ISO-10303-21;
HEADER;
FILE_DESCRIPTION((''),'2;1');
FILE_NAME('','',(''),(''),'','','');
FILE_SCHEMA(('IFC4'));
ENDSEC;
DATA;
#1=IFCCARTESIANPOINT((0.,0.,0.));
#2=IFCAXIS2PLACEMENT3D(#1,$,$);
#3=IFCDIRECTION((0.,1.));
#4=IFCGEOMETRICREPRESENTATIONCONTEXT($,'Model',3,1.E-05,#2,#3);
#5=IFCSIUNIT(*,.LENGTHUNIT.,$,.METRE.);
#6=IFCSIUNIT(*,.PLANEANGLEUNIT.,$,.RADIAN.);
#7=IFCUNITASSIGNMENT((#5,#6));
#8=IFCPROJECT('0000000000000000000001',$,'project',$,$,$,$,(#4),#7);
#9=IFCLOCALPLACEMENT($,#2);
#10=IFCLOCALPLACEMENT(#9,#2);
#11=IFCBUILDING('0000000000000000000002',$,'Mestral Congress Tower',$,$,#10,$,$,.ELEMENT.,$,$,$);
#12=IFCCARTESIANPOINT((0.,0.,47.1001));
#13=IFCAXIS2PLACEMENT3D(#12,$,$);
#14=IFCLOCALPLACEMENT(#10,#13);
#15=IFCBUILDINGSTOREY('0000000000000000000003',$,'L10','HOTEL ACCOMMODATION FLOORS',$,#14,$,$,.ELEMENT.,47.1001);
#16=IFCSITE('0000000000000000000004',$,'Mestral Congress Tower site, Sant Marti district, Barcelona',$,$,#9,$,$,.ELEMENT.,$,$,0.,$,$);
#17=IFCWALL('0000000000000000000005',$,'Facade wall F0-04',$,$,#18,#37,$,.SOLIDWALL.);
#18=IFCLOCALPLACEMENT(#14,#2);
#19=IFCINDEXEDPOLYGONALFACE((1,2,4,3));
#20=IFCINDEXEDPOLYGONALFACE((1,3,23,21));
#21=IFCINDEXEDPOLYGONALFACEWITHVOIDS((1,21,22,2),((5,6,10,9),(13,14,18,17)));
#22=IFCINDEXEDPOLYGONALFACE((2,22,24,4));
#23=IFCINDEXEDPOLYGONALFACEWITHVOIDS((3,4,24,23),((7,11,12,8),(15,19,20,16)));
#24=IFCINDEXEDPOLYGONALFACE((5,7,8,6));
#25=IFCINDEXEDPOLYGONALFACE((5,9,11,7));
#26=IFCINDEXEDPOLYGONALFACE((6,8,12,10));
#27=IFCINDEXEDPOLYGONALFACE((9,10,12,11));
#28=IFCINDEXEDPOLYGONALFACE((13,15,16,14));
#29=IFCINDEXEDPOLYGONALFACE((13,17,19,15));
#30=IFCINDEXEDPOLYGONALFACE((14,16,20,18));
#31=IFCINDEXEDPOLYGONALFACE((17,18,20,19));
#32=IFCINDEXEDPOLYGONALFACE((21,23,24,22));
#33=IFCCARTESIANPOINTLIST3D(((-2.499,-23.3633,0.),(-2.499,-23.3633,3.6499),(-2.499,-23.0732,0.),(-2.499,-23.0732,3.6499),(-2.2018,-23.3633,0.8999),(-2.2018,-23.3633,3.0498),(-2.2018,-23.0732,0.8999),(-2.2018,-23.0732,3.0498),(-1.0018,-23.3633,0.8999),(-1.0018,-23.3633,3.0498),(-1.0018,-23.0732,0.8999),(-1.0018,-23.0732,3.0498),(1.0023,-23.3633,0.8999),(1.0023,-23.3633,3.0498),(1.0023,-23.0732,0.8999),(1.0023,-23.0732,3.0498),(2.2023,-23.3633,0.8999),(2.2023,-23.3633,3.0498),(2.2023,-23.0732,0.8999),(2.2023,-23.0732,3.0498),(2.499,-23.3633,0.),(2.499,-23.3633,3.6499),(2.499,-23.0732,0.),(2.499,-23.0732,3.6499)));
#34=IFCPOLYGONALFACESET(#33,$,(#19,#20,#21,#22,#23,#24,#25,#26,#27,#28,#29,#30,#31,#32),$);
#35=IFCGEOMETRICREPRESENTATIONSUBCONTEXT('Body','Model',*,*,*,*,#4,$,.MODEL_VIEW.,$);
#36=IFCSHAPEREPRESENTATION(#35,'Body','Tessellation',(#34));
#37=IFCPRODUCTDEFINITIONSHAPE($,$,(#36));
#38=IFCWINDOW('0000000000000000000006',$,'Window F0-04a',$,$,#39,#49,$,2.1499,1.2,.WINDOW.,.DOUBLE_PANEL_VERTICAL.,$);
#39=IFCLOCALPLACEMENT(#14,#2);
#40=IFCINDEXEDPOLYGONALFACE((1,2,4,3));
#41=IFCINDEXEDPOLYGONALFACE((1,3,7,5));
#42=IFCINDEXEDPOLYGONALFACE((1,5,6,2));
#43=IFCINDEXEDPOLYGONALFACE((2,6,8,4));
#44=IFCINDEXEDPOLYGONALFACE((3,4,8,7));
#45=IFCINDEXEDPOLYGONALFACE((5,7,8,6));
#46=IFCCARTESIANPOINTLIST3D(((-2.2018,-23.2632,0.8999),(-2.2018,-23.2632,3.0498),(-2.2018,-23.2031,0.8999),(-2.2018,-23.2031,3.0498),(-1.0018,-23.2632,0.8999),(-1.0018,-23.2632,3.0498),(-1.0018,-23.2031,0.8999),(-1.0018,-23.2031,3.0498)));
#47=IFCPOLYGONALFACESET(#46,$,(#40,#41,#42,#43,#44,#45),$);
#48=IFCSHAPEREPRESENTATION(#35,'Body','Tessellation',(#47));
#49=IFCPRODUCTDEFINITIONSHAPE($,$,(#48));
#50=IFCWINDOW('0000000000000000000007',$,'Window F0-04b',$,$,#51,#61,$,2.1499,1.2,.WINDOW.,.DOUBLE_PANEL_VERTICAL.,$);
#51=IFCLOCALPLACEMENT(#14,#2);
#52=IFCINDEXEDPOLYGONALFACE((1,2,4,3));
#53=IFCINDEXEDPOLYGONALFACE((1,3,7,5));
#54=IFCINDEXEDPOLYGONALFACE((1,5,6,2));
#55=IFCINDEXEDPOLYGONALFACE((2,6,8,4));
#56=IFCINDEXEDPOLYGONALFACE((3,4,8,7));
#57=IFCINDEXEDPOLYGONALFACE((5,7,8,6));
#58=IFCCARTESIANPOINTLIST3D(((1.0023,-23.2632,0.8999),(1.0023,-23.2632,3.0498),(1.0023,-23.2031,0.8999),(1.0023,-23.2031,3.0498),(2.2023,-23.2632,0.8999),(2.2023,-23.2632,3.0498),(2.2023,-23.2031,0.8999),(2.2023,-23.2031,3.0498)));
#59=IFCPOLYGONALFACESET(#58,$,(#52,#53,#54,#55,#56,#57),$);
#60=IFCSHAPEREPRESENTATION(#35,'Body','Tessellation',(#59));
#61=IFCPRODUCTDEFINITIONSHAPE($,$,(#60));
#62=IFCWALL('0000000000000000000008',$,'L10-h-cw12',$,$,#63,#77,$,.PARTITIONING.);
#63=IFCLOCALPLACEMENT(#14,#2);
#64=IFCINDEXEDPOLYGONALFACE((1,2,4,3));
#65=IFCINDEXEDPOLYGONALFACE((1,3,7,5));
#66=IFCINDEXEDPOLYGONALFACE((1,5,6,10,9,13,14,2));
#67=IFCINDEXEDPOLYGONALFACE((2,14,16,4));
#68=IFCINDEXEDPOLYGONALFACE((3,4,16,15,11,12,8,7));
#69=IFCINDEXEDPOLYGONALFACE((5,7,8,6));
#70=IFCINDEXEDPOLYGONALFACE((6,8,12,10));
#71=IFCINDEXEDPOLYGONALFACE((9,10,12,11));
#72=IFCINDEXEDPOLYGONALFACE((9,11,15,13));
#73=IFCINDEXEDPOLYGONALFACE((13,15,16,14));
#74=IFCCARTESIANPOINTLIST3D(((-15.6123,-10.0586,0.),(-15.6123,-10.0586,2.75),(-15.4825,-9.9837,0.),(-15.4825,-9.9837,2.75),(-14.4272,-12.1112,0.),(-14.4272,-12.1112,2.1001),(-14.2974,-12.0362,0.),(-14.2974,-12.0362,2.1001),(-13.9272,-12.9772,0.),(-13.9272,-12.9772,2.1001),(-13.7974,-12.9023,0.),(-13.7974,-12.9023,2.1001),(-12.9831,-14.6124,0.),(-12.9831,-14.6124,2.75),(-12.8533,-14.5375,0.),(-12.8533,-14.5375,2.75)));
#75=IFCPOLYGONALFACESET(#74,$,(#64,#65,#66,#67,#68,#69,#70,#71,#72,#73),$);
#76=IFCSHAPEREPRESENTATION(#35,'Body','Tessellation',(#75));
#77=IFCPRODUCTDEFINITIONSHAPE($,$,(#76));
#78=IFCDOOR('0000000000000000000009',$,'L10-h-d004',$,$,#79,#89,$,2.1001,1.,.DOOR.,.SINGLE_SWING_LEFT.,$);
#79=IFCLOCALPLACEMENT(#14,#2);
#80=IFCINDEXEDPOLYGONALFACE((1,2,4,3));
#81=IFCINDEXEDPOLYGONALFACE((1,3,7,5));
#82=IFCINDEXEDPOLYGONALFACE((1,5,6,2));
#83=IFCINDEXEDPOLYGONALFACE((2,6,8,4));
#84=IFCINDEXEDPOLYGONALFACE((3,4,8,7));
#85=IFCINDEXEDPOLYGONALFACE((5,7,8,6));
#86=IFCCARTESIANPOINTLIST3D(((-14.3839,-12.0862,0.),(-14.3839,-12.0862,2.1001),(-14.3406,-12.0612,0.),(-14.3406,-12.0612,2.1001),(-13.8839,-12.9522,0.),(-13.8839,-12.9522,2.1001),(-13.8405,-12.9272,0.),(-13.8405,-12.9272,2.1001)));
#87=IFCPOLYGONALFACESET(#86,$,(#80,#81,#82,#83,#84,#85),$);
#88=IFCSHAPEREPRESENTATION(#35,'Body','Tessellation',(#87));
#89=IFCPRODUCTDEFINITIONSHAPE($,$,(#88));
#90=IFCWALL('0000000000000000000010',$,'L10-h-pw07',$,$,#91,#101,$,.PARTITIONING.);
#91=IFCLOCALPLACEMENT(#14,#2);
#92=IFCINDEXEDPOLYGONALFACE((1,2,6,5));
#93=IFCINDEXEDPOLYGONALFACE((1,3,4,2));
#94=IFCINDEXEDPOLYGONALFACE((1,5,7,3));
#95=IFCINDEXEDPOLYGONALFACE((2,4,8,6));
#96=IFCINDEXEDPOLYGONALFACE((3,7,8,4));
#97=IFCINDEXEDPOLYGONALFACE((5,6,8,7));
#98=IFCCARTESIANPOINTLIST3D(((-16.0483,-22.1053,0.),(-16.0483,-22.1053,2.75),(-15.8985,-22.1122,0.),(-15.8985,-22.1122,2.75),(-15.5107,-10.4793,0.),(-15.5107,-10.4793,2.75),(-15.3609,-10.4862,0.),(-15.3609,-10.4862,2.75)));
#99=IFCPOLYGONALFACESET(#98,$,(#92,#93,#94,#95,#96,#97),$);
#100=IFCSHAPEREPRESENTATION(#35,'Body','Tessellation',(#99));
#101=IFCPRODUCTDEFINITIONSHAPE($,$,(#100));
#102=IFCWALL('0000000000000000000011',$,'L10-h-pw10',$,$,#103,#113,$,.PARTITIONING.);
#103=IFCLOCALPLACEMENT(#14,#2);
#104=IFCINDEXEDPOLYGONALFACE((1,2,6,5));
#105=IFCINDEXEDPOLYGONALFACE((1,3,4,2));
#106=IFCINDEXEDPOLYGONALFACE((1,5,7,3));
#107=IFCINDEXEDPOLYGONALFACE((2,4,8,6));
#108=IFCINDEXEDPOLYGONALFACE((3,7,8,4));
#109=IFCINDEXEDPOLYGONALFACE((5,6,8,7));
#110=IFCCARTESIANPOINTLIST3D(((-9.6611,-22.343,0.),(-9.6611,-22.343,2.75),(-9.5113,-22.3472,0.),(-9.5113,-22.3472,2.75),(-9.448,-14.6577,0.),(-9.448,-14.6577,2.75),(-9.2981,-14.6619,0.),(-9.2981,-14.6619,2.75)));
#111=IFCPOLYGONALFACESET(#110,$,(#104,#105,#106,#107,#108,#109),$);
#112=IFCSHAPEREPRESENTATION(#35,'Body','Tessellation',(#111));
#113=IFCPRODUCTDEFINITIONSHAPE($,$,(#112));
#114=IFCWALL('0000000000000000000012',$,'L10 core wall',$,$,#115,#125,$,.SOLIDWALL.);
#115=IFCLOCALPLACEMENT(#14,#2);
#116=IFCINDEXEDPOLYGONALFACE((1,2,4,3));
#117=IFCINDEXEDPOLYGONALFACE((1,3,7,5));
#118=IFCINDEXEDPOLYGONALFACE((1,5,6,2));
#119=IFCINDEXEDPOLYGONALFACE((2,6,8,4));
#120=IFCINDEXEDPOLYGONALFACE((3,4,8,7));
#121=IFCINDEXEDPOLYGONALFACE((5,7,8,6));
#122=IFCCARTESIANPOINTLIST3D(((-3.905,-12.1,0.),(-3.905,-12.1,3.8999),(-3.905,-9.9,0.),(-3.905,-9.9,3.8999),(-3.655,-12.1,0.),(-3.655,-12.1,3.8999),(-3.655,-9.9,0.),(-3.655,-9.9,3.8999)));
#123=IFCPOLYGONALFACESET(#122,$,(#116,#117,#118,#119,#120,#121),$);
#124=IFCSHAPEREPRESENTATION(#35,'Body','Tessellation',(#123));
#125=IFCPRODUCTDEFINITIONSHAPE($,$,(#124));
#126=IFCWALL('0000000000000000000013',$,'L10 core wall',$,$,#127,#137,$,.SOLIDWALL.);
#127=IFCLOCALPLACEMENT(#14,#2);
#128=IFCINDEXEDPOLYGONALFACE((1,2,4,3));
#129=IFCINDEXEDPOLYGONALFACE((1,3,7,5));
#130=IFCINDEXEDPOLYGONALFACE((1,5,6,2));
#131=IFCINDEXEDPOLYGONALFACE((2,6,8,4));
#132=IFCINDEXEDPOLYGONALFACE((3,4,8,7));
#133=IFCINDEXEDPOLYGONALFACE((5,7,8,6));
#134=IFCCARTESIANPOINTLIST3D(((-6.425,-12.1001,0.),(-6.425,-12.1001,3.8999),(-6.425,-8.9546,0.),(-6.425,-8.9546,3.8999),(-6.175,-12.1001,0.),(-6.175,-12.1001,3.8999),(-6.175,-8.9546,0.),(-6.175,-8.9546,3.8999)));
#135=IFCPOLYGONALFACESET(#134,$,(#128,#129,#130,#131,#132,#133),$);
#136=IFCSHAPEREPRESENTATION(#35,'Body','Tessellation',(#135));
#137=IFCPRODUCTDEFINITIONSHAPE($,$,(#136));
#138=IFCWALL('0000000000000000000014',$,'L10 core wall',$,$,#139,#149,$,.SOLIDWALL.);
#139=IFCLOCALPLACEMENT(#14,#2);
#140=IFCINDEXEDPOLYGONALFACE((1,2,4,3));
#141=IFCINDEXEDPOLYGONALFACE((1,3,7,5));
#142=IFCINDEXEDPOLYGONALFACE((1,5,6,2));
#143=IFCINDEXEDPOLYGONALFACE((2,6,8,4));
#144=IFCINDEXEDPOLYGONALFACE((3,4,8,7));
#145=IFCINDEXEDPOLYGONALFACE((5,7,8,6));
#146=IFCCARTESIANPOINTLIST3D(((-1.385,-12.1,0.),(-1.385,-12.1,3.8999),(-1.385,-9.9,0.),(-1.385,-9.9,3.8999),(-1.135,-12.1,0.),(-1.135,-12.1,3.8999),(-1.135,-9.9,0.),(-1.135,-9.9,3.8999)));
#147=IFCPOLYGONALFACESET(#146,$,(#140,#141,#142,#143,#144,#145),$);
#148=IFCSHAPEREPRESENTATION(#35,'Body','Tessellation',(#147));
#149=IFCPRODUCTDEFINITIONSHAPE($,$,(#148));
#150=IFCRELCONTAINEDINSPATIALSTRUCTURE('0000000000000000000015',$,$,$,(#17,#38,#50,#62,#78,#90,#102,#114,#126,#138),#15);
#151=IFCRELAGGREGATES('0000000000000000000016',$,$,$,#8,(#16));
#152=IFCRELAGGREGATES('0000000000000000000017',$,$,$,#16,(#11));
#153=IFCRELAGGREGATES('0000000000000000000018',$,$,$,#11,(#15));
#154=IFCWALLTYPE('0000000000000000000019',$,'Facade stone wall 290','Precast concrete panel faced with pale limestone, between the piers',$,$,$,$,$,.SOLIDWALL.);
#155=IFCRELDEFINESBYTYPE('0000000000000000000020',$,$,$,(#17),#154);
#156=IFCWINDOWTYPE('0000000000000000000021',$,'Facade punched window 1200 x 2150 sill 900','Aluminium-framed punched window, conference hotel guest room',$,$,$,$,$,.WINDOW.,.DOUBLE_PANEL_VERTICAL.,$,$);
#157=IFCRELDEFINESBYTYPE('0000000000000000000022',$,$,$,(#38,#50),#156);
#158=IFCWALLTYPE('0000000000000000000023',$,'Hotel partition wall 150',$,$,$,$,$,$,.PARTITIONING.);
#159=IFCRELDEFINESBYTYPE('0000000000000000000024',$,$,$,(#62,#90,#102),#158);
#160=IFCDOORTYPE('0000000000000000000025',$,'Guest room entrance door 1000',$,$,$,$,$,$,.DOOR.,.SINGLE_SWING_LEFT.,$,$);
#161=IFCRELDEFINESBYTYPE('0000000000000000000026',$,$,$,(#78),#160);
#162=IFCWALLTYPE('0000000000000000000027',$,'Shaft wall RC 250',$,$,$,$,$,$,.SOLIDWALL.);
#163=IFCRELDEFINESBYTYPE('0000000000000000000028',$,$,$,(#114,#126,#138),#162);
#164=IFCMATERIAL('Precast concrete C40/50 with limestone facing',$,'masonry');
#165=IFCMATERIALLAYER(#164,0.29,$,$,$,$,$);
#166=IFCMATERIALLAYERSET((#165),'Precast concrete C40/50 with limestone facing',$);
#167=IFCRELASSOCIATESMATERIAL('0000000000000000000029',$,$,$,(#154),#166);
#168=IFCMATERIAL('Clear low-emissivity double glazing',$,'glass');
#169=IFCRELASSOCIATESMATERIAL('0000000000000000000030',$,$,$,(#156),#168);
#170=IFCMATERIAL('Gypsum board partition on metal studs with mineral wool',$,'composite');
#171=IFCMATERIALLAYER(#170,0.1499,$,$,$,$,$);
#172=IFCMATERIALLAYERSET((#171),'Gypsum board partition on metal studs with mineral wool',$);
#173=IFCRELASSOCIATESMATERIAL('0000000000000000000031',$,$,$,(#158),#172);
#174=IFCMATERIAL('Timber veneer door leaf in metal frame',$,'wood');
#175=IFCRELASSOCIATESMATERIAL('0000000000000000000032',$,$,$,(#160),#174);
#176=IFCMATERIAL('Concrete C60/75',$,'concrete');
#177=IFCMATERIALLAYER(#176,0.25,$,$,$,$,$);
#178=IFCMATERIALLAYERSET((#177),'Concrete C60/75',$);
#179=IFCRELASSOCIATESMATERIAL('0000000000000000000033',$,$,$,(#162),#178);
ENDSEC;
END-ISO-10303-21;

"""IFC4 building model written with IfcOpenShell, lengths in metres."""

from ifc_helpers import new_model, si_unit, direction, frame, frame_2d, origin, place, context, subcontext, project, spatial, rectangle, extrude, material, layer, layer_set, type_object, element, fill, save


model = new_model("IFC4")

# Units and contexts
model_context = context("Model", 3, precision=1e-05, world=origin(), true_north=direction((0.0, 1.0)))
body_context = subcontext(model_context, "Body", "Model", "MODEL_VIEW")
ifc_project = project(units=[si_unit("LENGTHUNIT", "METRE"), si_unit("PLANEANGLEUNIT", "RADIAN")], contexts=[model_context])

# Site, building, storey
site_placement = place(None, origin())
site = spatial("IfcSite", under=ifc_project, at=site_placement, Name="Mestral Congress Tower site, Sant Marti district, Barcelona", CompositionType="ELEMENT", RefElevation=0.0)
building_placement = place(site_placement, origin())
building = spatial("IfcBuilding", under=site, at=building_placement, Name="Mestral Congress Tower", CompositionType="ELEMENT")
storey_placement = place(building_placement, frame((0.0, 0.0, 47.1001)))
storey = spatial("IfcBuildingStorey", under=building, at=storey_placement, Name="L10", Description="HOTEL ACCOMMODATION FLOORS", CompositionType="ELEMENT", Elevation=47.1001)

# Shared definitions
ifc_material_1 = material(Name="Concrete C60/75", Category="concrete")

# Wall, openings, windows
ifc_material_2 = material(Name="Precast concrete C40/50 with limestone facing", Category="masonry")
ifc_layer_1 = layer(ifc_material_2, 0.29)
ifc_layer_set_1 = layer_set([ifc_layer_1], Name="Precast concrete C40/50 with limestone facing")
wall_type_1 = type_object("IfcWallType", Name="Facade stone wall 290", Description="Precast concrete panel faced with pale limestone, between the piers", PredefinedType="SOLIDWALL", material=ifc_layer_set_1)
ifc_material_3 = material(Name="Clear low-emissivity double glazing", Category="glass")
window_type = type_object("IfcWindowType", Name="Facade punched window 1200 x 2150 sill 900", Description="Aluminium-framed punched window, conference hotel guest room", PartitioningType="DOUBLE_PANEL_VERTICAL", PredefinedType="WINDOW", material=ifc_material_3)
wall_1_placement = place(storey_placement, frame((-2.499, -23.2183, 0.0), z_axis=(0.0, 0.0, 1.0), x_axis=(1.0, 0.0, 0.0)))
wall_1 = element("IfcWall", 1, at=wall_1_placement, inside=storey, type_object=wall_type_1, Name="Facade wall F0-04", PredefinedType="SOLIDWALL", context=body_context, shape_type="SweptSolid", body=[
    extrude(rectangle(XDim=4.998, YDim=0.29, at=frame_2d((2.499, 0.0))), origin(), (0.0, 0.0, 1.0), 3.6499),
])
opening_1_placement = place(wall_1_placement, frame((0.2971, 0.0, 0.8999)))
opening_1 = element("IfcOpeningElement", 2, at=opening_1_placement, cuts=wall_1, PredefinedType="OPENING", context=body_context, shape_type="SweptSolid", body=[
    extrude(rectangle(XDim=1.2, YDim=2.1499, at=frame_2d((0.6001, 1.075))), frame((0.0, 0.155, 0.0), z_axis=(0.0, -1.0, 0.0), x_axis=(1.0, 0.0, 0.0)), (0.0, 0.0, 1.0), 0.3101),
])
opening_2_placement = place(wall_1_placement, frame((3.5012, 0.0, 0.8999)))
opening_2 = element("IfcOpeningElement", 3, at=opening_2_placement, cuts=wall_1, PredefinedType="OPENING", context=body_context, shape_type="SweptSolid", body=[
    extrude(rectangle(XDim=1.2, YDim=2.1499, at=frame_2d((0.6001, 1.075))), frame((0.0, 0.155, 0.0), z_axis=(0.0, -1.0, 0.0), x_axis=(1.0, 0.0, 0.0)), (0.0, 0.0, 1.0), 0.3101),
])
window_1_placement = place(opening_1_placement, origin())
window_1 = element("IfcWindow", 4, at=window_1_placement, inside=storey, type_object=window_type, Name="Window F0-04a", OverallHeight=2.1499, OverallWidth=1.2, PartitioningType="DOUBLE_PANEL_VERTICAL", PredefinedType="WINDOW", context=body_context, shape_type="SweptSolid", body=[
    extrude(rectangle(XDim=1.2, YDim=2.1499, at=frame_2d((0.6001, 1.075))), frame((0.0, 0.0151, 0.0), z_axis=(0.0, -1.0, 0.0), x_axis=(1.0, 0.0, 0.0)), (0.0, 0.0, 1.0), 0.0601),
])
fill(opening_1, window_1)
window_2_placement = place(opening_2_placement, origin())
window_2 = element("IfcWindow", 5, at=window_2_placement, inside=storey, type_object=window_type, Name="Window F0-04b", OverallHeight=2.1499, OverallWidth=1.2, PartitioningType="DOUBLE_PANEL_VERTICAL", PredefinedType="WINDOW", context=body_context, shape_type="SweptSolid", body=[
    extrude(rectangle(XDim=1.2, YDim=2.1499, at=frame_2d((0.6001, 1.075))), frame((0.0, 0.0151, 0.0), z_axis=(0.0, -1.0, 0.0), x_axis=(1.0, 0.0, 0.0)), (0.0, 0.0, 1.0), 0.0601),
])
fill(opening_2, window_2)

# Wall, opening, door
ifc_material_4 = material(Name="Gypsum board partition on metal studs with mineral wool", Category="composite")
ifc_layer_2 = layer(ifc_material_4, 0.1499)
ifc_layer_set_2 = layer_set([ifc_layer_2], Name="Gypsum board partition on metal studs with mineral wool")
wall_type_2 = type_object("IfcWallType", Name="Hotel partition wall 150", PredefinedType="PARTITIONING", material=ifc_layer_set_2)
wall_2_placement = place(storey_placement, frame((-12.9182, -14.575, 0.0), z_axis=(0.0, 0.0, 1.0), x_axis=(-0.500009, 0.86602, 0.0)))
wall_2 = element("IfcWall", 6, at=wall_2_placement, inside=storey, type_object=wall_type_2, Name="L10-h-cw12", PredefinedType="PARTITIONING", context=body_context, shape_type="SweptSolid", body=[
    extrude(rectangle(XDim=5.2583, YDim=0.1499, at=frame_2d((2.6292, 0.0))), origin(), (0.0, 0.0, 1.0), 2.75),
])
opening_3_placement = place(wall_2_placement, frame((1.8882, 0.0, 0.0)))
opening_3 = element("IfcOpeningElement", 7, at=opening_3_placement, cuts=wall_2, PredefinedType="OPENING", context=body_context, shape_type="SweptSolid", body=[
    extrude(rectangle(XDim=1.0, YDim=2.1001, at=frame_2d((0.5, 1.05))), frame((0.0, 0.085, 0.0), z_axis=(0.0, -1.0, 0.0), x_axis=(1.0, 0.0, 0.0)), (0.0, 0.0, 1.0), 0.1699),
])
ifc_material_5 = material(Name="Timber veneer door leaf in metal frame", Category="wood")
door_type = type_object("IfcDoorType", Name="Guest room entrance door 1000", OperationType="SINGLE_SWING_LEFT", PredefinedType="DOOR", material=ifc_material_5)
door_placement = place(opening_3_placement, origin())
door = element("IfcDoor", 8, at=door_placement, inside=storey, type_object=door_type, Name="L10-h-d004", OperationType="SINGLE_SWING_LEFT", OverallHeight=2.1001, OverallWidth=1.0, PredefinedType="DOOR", context=body_context, shape_type="SweptSolid", body=[
    extrude(rectangle(XDim=1.0, YDim=2.1001, at=frame_2d((0.5, 1.05))), frame((0.0, 0.0249, 0.0), z_axis=(0.0, -1.0, 0.0), x_axis=(1.0, 0.0, 0.0)), (0.0, 0.0, 1.0), 0.05),
])
fill(opening_3, door)

# Walls
wall_3_placement = place(storey_placement, frame((-15.9734, -22.1089, 0.0), z_axis=(0.0, 0.0, 1.0), x_axis=(0.046192, 0.998933, 0.0)))
element("IfcWall", 9, at=wall_3_placement, inside=storey, type_object=wall_type_2, Name="L10-h-pw07", PredefinedType="PARTITIONING", context=body_context, shape_type="SweptSolid", body=[
    extrude(rectangle(XDim=11.6384, YDim=0.1499, at=frame_2d((5.8193, 0.0))), origin(), (0.0, 0.0, 1.0), 2.75),
])
wall_4_placement = place(storey_placement, frame((-9.5862, -22.3452, 0.0), z_axis=(0.0, 0.0, 1.0), x_axis=(0.027722, 0.999616, 0.0)))
element("IfcWall", 10, at=wall_4_placement, inside=storey, type_object=wall_type_2, Name="L10-h-pw10", PredefinedType="PARTITIONING", context=body_context, shape_type="SweptSolid", body=[
    extrude(rectangle(XDim=7.6882, YDim=0.1499, at=frame_2d((3.8442, 0.0))), origin(), (0.0, 0.0, 1.0), 2.75),
])
ifc_layer_3 = layer(ifc_material_1, 0.25)
ifc_layer_set_3 = layer_set([ifc_layer_3], Name="Concrete C60/75")
wall_type_3 = type_object("IfcWallType", Name="Shaft wall RC 250", PredefinedType="SOLIDWALL", material=ifc_layer_set_3)
wall_5_placement = place(storey_placement, frame((-3.78, -12.1001, 0.0), z_axis=(0.0, 0.0, 1.0), x_axis=(0.0, 1.0, 0.0)))
element("IfcWall", 11, at=wall_5_placement, inside=storey, type_object=wall_type_3, Name="L10 core wall", PredefinedType="SOLIDWALL", context=body_context, shape_type="SweptSolid", body=[
    extrude(rectangle(XDim=2.2, YDim=0.25, at=frame_2d((1.1001, 0.0))), origin(), (0.0, 0.0, 1.0), 3.8999),
])
wall_6_placement = place(storey_placement, frame((-6.3, -12.1001, 0.0), z_axis=(0.0, 0.0, 1.0), x_axis=(0.0, 1.0, 0.0)))
element("IfcWall", 12, at=wall_6_placement, inside=storey, type_object=wall_type_3, Name="L10 core wall", PredefinedType="SOLIDWALL", context=body_context, shape_type="SweptSolid", body=[
    extrude(rectangle(XDim=3.1455, YDim=0.25, at=frame_2d((1.5728, 0.0))), origin(), (0.0, 0.0, 1.0), 3.8999),
])
wall_7_placement = place(storey_placement, frame((-1.26, -12.1001, 0.0), z_axis=(0.0, 0.0, 1.0), x_axis=(0.0, 1.0, 0.0)))
element("IfcWall", 13, at=wall_7_placement, inside=storey, type_object=wall_type_3, Name="L10 core wall", PredefinedType="SOLIDWALL", context=body_context, shape_type="SweptSolid", body=[
    extrude(rectangle(XDim=2.2, YDim=0.25, at=frame_2d((1.1001, 0.0))), origin(), (0.0, 0.0, 1.0), 3.8999),
])

save(model, "model.ifc")
